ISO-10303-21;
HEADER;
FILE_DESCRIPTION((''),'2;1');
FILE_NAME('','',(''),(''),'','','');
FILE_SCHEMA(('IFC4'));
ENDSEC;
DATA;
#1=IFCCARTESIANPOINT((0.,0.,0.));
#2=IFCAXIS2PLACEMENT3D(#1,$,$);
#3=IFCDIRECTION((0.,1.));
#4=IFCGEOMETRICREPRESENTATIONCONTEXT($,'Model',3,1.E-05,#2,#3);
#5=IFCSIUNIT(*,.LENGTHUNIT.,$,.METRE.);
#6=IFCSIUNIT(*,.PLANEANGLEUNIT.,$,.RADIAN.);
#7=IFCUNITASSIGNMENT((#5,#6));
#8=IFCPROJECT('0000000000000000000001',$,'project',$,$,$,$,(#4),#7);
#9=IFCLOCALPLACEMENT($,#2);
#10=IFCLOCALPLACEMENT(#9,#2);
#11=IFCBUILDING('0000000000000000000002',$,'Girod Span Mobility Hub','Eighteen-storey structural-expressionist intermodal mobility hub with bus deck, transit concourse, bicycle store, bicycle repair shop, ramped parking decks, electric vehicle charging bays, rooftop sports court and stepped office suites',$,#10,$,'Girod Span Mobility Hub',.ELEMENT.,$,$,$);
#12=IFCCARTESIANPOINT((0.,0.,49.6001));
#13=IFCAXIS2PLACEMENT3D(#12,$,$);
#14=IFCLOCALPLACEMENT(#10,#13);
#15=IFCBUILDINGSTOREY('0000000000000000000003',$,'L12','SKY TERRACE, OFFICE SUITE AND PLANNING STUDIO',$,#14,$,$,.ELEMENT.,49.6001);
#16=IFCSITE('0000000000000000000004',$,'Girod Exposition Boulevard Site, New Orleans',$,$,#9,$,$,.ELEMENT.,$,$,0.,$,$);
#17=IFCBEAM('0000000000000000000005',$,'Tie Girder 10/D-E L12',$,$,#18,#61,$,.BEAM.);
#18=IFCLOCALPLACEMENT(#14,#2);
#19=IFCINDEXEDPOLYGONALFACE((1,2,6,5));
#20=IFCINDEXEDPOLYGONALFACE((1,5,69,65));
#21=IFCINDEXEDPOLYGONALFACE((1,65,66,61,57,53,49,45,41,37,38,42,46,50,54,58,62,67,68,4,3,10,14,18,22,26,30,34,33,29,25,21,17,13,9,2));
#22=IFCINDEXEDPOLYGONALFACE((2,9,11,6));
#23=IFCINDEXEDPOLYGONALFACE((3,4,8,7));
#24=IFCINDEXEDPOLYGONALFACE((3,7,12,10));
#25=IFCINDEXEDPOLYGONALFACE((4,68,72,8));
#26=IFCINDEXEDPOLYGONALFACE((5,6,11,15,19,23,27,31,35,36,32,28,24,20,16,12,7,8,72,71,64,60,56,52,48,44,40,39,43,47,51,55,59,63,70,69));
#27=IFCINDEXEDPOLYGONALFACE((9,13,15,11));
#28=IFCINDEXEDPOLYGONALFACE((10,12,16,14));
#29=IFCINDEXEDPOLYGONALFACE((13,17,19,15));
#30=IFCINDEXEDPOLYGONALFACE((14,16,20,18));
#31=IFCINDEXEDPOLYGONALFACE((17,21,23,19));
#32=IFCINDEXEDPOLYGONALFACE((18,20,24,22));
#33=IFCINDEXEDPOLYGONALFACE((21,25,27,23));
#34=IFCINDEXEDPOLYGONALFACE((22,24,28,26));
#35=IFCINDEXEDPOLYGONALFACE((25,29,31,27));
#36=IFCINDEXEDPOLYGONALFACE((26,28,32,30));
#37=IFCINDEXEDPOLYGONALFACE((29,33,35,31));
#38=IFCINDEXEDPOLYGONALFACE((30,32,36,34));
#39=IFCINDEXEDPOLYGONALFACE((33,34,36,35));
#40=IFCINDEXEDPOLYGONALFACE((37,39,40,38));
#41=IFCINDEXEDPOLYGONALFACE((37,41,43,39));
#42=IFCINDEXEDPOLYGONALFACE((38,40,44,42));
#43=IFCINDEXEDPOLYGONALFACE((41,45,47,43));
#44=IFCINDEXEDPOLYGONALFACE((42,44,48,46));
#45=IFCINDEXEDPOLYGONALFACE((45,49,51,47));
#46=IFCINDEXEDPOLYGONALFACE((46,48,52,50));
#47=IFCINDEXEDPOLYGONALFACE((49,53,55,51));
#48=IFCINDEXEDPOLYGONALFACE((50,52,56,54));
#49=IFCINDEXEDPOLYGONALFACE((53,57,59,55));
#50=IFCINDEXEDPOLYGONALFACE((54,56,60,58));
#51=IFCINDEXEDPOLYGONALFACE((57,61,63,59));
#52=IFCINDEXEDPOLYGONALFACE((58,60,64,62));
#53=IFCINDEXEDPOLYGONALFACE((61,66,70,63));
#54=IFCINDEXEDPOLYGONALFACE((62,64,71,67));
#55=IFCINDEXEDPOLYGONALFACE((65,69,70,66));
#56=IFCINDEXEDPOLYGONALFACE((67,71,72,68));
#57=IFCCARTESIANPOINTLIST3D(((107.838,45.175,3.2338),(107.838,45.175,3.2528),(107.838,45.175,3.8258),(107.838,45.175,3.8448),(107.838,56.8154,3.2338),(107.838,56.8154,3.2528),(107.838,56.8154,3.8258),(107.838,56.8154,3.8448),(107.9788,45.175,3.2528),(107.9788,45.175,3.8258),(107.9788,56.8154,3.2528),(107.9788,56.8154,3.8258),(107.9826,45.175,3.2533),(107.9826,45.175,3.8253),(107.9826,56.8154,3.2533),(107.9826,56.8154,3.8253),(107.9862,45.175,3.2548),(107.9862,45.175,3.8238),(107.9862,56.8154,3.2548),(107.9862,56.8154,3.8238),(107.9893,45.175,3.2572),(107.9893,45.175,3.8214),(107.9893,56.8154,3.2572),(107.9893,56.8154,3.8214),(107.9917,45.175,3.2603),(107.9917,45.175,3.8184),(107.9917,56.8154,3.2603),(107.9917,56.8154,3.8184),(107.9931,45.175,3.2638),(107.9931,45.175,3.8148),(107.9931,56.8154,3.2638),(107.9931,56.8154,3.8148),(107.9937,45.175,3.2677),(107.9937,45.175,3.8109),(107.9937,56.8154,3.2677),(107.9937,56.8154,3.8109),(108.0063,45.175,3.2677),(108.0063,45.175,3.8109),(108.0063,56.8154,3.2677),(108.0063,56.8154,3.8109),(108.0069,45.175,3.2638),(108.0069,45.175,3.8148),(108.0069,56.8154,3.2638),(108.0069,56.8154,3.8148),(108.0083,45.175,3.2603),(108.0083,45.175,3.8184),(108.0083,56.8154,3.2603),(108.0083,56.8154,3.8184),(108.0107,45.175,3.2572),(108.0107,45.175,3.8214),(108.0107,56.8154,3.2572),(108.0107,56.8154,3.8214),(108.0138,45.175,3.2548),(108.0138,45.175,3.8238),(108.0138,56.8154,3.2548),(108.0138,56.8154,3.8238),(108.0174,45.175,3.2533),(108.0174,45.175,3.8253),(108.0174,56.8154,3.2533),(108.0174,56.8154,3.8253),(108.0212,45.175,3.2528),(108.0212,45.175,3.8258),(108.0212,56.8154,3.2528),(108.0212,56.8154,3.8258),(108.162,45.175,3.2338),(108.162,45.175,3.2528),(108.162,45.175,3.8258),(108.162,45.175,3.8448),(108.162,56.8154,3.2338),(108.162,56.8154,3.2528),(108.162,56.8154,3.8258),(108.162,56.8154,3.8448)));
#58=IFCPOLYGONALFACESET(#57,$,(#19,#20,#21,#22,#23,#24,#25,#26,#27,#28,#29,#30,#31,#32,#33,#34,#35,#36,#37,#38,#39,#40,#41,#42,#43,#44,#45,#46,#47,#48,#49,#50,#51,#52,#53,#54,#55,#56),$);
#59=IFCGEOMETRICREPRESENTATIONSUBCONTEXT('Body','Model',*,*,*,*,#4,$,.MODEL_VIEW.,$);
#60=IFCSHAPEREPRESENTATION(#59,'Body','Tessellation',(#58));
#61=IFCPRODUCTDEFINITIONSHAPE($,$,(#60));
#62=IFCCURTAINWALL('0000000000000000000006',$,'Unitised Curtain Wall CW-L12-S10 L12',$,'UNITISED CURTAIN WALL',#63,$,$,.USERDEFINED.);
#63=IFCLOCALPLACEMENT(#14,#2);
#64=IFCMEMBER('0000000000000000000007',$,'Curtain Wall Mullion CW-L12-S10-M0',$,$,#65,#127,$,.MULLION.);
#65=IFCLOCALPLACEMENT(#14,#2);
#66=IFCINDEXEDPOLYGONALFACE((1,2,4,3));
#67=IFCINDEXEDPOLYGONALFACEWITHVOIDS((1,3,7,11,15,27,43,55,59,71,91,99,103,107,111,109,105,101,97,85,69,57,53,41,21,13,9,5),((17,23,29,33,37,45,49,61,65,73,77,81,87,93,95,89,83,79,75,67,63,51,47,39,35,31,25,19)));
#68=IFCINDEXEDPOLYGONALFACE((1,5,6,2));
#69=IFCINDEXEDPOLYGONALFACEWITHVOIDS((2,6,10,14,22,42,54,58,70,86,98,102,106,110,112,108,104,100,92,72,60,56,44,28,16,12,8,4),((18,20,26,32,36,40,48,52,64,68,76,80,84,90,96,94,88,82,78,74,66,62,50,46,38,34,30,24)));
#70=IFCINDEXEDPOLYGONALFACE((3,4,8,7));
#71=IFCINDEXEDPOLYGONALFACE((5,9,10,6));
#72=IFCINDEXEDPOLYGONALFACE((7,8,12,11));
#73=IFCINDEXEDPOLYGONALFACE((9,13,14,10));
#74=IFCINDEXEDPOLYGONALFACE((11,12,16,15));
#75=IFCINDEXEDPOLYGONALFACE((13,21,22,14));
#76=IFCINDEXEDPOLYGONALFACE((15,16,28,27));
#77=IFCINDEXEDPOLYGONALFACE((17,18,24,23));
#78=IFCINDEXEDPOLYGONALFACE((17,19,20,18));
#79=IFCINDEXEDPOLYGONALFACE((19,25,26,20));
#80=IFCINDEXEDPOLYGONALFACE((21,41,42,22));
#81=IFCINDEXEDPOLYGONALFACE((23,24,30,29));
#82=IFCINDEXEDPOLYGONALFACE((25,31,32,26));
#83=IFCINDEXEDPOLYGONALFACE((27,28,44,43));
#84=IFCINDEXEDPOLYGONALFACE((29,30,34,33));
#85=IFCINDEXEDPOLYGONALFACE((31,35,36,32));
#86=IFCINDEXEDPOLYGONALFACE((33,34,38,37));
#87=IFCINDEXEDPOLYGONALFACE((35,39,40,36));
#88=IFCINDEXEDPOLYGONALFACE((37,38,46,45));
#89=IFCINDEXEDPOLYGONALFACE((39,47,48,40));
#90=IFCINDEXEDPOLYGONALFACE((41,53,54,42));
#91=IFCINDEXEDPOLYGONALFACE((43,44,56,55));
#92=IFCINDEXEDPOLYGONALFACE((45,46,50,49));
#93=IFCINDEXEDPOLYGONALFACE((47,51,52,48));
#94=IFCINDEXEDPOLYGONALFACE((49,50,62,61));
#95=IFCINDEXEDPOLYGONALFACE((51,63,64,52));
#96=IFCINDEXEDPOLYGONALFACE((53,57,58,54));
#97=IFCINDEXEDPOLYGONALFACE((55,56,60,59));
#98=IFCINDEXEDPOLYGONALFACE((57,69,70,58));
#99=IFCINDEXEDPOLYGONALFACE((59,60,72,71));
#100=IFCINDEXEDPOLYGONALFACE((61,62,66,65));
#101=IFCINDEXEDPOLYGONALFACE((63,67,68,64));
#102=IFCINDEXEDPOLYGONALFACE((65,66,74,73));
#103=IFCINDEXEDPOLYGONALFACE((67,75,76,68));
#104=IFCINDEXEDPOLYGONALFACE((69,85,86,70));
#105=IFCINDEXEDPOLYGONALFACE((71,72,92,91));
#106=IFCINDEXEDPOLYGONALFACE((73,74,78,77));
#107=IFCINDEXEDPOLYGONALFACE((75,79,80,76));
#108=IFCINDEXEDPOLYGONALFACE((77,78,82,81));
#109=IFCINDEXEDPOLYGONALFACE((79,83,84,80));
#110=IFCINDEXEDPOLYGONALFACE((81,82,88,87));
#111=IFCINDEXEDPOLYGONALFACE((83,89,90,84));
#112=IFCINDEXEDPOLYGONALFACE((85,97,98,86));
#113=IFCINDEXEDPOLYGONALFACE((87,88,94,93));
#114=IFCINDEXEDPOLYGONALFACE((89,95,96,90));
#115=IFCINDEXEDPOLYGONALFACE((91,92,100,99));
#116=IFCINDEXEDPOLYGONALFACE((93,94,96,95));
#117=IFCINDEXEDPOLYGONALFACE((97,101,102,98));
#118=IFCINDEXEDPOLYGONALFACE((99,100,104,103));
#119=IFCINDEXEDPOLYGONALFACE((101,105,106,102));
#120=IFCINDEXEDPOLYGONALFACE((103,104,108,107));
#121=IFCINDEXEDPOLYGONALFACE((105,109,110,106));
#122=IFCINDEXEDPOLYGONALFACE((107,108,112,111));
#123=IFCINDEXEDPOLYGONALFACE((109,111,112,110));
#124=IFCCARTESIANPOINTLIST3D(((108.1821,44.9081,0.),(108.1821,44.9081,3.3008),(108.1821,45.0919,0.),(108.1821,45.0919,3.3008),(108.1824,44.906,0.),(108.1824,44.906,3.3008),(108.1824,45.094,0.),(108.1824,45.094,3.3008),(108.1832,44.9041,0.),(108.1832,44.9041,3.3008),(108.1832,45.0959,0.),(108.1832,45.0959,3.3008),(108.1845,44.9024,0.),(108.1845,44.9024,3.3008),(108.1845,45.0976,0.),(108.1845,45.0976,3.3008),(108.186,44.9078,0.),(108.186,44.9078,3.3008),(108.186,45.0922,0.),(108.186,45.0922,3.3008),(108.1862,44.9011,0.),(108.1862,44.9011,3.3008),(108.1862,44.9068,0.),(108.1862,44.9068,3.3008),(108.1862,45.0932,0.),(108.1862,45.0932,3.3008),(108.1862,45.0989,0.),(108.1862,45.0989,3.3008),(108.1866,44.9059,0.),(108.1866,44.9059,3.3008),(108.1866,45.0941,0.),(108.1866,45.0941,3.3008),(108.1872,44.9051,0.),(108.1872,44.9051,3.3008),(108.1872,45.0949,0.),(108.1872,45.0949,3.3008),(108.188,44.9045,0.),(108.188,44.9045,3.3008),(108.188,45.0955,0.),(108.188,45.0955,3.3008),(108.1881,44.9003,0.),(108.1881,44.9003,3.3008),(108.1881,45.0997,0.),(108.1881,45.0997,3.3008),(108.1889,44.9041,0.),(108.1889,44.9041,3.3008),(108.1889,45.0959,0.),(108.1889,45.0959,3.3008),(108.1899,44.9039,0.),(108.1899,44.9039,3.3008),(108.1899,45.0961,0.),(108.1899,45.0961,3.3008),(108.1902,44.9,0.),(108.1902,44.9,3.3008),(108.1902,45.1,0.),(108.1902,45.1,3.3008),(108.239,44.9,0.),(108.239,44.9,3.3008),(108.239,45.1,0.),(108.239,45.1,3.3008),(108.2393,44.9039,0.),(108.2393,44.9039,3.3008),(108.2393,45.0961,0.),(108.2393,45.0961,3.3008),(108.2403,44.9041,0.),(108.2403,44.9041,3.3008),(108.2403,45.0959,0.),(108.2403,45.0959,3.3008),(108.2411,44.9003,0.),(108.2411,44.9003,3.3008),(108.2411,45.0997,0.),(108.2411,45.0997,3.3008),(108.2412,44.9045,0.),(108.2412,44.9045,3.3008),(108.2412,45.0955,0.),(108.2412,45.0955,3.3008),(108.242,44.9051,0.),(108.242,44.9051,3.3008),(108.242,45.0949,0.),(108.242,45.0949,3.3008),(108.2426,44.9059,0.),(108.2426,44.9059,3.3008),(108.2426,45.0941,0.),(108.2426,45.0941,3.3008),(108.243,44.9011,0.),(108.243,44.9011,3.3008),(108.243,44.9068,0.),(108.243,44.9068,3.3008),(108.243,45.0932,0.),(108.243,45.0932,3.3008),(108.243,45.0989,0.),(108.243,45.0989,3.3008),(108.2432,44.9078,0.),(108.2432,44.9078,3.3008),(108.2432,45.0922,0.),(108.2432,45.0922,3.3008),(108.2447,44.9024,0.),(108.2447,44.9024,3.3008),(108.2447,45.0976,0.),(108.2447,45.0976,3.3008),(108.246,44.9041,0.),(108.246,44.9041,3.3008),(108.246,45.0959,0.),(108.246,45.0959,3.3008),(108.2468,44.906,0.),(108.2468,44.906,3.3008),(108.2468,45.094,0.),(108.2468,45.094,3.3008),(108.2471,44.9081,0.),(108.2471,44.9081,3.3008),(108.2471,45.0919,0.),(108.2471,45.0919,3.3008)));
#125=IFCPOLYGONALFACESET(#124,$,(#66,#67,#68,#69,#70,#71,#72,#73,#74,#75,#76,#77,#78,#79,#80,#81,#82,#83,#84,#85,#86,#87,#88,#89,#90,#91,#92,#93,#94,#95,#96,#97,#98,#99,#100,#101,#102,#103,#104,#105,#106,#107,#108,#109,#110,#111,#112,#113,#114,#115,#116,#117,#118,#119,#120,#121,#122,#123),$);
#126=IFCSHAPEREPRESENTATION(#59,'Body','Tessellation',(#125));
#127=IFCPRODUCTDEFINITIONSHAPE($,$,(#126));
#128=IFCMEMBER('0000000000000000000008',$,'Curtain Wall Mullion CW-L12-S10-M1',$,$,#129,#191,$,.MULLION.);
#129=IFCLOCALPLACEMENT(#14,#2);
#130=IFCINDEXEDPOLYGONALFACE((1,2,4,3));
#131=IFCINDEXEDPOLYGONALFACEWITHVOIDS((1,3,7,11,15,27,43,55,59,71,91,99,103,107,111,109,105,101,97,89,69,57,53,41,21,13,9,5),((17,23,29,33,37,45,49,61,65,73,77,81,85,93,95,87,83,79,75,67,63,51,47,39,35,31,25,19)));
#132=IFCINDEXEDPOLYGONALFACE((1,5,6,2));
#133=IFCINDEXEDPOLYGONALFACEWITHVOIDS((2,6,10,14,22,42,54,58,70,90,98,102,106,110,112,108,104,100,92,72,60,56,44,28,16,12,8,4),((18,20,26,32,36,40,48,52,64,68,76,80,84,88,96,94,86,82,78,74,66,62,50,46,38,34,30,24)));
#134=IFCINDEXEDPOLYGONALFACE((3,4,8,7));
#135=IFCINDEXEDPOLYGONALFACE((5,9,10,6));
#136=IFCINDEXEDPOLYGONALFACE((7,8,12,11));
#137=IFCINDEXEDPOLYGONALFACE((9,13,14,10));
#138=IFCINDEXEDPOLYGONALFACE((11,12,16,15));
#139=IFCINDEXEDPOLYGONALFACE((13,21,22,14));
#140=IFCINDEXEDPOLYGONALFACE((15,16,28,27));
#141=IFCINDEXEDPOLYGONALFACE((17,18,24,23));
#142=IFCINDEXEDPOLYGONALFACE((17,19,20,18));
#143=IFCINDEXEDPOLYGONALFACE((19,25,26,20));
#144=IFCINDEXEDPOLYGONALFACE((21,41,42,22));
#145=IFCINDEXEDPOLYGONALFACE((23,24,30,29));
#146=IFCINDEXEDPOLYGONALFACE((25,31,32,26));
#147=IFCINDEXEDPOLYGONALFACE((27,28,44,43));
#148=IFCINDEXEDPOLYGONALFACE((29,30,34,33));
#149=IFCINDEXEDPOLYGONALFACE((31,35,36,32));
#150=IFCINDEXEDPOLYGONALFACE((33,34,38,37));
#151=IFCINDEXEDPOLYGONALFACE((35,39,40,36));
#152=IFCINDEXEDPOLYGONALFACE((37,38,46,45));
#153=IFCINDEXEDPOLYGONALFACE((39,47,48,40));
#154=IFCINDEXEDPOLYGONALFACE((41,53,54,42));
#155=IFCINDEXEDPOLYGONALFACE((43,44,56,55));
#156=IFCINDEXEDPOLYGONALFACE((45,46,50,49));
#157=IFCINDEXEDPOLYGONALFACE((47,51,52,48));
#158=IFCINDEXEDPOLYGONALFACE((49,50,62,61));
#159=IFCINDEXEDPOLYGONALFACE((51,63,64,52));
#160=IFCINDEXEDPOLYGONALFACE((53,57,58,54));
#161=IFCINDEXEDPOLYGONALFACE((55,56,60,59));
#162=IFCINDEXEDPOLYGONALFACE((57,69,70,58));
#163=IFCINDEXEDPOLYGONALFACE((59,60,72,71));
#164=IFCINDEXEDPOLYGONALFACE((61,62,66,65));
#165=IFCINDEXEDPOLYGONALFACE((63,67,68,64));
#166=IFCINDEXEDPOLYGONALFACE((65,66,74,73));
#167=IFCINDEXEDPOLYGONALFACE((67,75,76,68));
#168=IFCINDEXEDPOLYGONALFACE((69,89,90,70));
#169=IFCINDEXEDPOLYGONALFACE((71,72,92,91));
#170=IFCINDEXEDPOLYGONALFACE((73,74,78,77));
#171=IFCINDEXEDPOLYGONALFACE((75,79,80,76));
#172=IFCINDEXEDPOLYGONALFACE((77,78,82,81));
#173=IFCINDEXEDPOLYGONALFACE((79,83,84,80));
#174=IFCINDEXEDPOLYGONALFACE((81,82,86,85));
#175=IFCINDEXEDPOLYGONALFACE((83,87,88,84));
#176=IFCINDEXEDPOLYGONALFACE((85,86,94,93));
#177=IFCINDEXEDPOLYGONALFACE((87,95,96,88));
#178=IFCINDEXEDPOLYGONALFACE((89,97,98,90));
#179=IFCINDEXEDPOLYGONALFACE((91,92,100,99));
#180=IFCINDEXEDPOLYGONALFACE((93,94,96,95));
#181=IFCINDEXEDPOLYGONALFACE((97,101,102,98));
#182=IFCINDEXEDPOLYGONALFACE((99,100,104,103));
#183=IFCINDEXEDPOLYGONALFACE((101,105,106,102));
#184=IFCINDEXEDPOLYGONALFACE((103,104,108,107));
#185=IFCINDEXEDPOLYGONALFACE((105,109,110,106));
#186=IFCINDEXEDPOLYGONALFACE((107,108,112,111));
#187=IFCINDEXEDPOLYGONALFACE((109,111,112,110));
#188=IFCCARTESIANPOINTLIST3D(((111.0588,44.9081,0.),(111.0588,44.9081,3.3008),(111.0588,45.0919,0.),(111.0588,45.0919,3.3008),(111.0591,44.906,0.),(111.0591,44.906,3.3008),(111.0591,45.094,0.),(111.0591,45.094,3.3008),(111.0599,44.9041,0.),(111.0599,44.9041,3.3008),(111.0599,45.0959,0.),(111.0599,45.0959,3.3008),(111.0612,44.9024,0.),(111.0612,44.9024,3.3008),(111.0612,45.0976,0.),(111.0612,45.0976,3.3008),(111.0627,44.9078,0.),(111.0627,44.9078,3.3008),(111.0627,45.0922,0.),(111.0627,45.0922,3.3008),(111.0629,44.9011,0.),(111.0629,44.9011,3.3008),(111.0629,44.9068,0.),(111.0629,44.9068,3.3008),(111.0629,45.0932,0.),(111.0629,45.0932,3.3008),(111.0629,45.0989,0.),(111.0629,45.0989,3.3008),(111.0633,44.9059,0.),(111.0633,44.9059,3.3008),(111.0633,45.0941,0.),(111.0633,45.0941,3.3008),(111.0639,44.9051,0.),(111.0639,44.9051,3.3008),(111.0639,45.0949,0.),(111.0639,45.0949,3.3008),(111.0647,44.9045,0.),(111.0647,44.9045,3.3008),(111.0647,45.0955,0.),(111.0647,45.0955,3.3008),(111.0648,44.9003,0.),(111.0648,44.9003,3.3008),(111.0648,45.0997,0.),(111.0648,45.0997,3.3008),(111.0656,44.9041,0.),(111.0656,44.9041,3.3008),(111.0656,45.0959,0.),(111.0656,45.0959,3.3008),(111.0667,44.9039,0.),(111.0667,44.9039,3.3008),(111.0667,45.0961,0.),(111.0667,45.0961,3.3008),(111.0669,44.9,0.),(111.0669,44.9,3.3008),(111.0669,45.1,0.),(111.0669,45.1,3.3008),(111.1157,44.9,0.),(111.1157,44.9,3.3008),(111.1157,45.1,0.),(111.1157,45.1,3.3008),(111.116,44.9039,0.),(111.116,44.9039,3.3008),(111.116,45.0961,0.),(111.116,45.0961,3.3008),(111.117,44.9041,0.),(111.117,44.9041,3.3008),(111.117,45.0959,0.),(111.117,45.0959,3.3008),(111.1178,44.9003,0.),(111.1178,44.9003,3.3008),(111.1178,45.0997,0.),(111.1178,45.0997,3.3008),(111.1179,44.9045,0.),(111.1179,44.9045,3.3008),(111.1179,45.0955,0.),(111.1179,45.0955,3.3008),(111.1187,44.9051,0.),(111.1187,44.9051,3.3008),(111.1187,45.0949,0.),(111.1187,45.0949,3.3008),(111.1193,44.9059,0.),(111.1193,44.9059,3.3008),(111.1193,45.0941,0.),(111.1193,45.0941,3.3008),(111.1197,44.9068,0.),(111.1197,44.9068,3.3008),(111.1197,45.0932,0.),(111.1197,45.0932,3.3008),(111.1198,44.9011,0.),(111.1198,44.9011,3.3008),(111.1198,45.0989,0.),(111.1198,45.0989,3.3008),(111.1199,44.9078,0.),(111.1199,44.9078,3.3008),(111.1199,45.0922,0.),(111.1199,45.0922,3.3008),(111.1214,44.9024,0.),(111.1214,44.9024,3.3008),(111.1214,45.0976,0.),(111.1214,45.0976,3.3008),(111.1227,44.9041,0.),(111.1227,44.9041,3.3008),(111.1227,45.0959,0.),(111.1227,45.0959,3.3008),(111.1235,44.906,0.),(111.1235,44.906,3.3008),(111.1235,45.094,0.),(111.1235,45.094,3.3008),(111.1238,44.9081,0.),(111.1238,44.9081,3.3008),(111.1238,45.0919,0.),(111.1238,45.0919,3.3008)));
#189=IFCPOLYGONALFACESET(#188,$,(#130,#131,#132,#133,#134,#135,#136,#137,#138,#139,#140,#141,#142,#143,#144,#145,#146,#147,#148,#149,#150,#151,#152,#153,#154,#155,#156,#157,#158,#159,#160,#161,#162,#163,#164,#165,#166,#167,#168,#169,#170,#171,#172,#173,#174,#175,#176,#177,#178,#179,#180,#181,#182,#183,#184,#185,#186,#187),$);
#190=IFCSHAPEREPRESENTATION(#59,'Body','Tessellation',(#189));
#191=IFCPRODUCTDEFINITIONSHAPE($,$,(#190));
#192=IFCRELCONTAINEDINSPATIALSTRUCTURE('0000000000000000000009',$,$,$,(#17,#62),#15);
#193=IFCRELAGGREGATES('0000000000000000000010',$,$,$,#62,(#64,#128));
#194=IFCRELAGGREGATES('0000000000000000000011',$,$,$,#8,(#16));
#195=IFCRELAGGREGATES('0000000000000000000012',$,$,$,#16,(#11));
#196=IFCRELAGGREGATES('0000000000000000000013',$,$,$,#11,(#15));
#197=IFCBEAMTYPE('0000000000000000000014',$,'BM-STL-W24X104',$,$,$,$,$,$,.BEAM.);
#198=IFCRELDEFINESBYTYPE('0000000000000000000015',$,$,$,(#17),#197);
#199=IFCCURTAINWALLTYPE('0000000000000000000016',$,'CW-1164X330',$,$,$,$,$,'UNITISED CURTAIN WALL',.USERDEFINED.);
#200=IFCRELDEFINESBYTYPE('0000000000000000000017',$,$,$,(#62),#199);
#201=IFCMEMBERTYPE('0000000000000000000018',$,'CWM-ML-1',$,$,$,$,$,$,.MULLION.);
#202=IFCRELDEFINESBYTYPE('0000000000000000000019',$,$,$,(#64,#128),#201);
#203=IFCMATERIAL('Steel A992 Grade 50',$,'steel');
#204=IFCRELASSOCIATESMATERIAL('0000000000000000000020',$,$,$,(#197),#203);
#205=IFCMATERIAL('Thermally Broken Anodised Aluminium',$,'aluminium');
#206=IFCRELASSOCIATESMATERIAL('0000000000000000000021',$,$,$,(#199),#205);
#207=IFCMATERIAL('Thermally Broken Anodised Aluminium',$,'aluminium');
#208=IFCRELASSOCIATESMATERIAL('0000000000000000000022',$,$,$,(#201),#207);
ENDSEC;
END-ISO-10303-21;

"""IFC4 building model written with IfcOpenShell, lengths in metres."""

from ifc_helpers import new_model, si_unit, direction, frame, origin, origin_2d, place, context, subcontext, project, spatial, hollow_rectangle, i_section, extrude, material, material_profile, profile_set, type_object, element, aggregate, save


model = new_model("IFC4")

# Units and contexts
model_context = context("Model", 3, precision=1e-05, world=origin(), true_north=direction((0.0, 1.0)))
body_context = subcontext(model_context, "Body", "Model", "MODEL_VIEW")
ifc_project = project(units=[si_unit("LENGTHUNIT", "METRE"), si_unit("PLANEANGLEUNIT", "RADIAN")], contexts=[model_context])

# Site, building, storey
site_placement = place(None, origin())
site = spatial("IfcSite", under=ifc_project, at=site_placement, Name="Girod Exposition Boulevard Site, New Orleans", CompositionType="ELEMENT", RefElevation=0.0)
building_placement = place(site_placement, origin())
building = spatial("IfcBuilding", under=site, at=building_placement, Name="Girod Span Mobility Hub", Description="Eighteen-storey structural-expressionist intermodal mobility hub with bus deck, transit concourse, bicycle store, bicycle repair shop, ramped parking decks, electric vehicle charging bays, rooftop sports court and stepped office suites", LongName="Girod Span Mobility Hub", CompositionType="ELEMENT")
storey_placement = place(building_placement, frame((0.0, 0.0, 49.6001)))
storey = spatial("IfcBuildingStorey", under=building, at=storey_placement, Name="L12", Description="SKY TERRACE, OFFICE SUITE AND PLANNING STUDIO", CompositionType="ELEMENT", Elevation=49.6001)

# Beam
ifc_material_1 = material(Name="Steel A992 Grade 50", Category="steel")
ifc_material_profile_1 = material_profile(ifc_material_1, i_section(OverallWidth=0.324, OverallDepth=0.6111, WebThickness=0.0127, FlangeThickness=0.019, FilletRadius=0.0149, at=origin_2d()), Name="W24X104")
ifc_profile_set_1 = profile_set([ifc_material_profile_1], Name="Steel A992 Grade 50")
beam_type_1 = type_object("IfcBeamType", Name="BM-STL-W24X104", PredefinedType="BEAM", material=ifc_profile_set_1)
beam_1_placement = place(storey_placement, frame((108.0, 45.175, 3.5393), z_axis=(0.0, 1.0, 0.0), x_axis=(-1.0, 0.0, 0.0)))
element("IfcBeam", 1, at=beam_1_placement, inside=storey, type_object=beam_type_1, Name="Tie Girder 10/D-E L12", PredefinedType="BEAM", context=body_context, shape_type="SweptSolid", body=[
    extrude(i_section(OverallWidth=0.324, OverallDepth=0.6111, WebThickness=0.0127, FlangeThickness=0.019, FilletRadius=0.0149, at=origin_2d()), origin(), (0.0, 0.0, 1.0), 11.6404),
])

# Curtain wall, members
ifc_material_2 = material(Name="Thermally Broken Anodised Aluminium", Category="aluminium")
curtain_wall_type = type_object("IfcCurtainWallType", Name="CW-1164X330", ElementType="UNITISED CURTAIN WALL", PredefinedType="USERDEFINED", material=ifc_material_2)
curtain_wall_placement = place(storey_placement, origin())
curtain_wall = element("IfcCurtainWall", 2, at=curtain_wall_placement, inside=storey, type_object=curtain_wall_type, Name="Unitised Curtain Wall CW-L12-S10 L12", ObjectType="UNITISED CURTAIN WALL", PredefinedType="USERDEFINED")
ifc_material_3 = material(Name="Thermally Broken Anodised Aluminium", Category="aluminium")
ifc_material_profile_2 = material_profile(ifc_material_3, hollow_rectangle(XDim=0.2, YDim=0.0649, WallThickness=0.0039, InnerFilletRadius=0.0039, OuterFilletRadius=0.0081, at=origin_2d()), Name="CW-ML-65X200")
ifc_profile_set_2 = profile_set([ifc_material_profile_2], Name="Thermally Broken Anodised Aluminium")
member_type_1 = type_object("IfcMemberType", Name="CWM-ML-1", PredefinedType="MULLION", material=ifc_profile_set_2)
member_1_placement = place(storey_placement, frame((108.2146, 45.0, 0.0), z_axis=(0.0, 0.0, 1.0), x_axis=(0.0, 1.0, 0.0)))
member_1 = element("IfcMember", 3, at=member_1_placement, type_object=member_type_1, Name="Curtain Wall Mullion CW-L12-S10-M0", PredefinedType="MULLION", context=body_context, shape_type="SweptSolid", body=[
    extrude(hollow_rectangle(XDim=0.2, YDim=0.0649, WallThickness=0.0039, InnerFilletRadius=0.0039, OuterFilletRadius=0.0081, at=origin_2d()), origin(), (0.0, 0.0, 1.0), 3.3008),
])
member_2_placement = place(storey_placement, frame((111.0913, 45.0, 0.0), z_axis=(0.0, 0.0, 1.0), x_axis=(0.0, 1.0, 0.0)))
member_2 = element("IfcMember", 4, at=member_2_placement, type_object=member_type_1, Name="Curtain Wall Mullion CW-L12-S10-M1", PredefinedType="MULLION", context=body_context, shape_type="SweptSolid", body=[
    extrude(hollow_rectangle(XDim=0.2, YDim=0.0649, WallThickness=0.0039, InnerFilletRadius=0.0039, OuterFilletRadius=0.0081, at=origin_2d()), origin(), (0.0, 0.0, 1.0), 3.3008),
])

aggregate(curtain_wall, [member_1, member_2])

save(model, "model.ifc")
